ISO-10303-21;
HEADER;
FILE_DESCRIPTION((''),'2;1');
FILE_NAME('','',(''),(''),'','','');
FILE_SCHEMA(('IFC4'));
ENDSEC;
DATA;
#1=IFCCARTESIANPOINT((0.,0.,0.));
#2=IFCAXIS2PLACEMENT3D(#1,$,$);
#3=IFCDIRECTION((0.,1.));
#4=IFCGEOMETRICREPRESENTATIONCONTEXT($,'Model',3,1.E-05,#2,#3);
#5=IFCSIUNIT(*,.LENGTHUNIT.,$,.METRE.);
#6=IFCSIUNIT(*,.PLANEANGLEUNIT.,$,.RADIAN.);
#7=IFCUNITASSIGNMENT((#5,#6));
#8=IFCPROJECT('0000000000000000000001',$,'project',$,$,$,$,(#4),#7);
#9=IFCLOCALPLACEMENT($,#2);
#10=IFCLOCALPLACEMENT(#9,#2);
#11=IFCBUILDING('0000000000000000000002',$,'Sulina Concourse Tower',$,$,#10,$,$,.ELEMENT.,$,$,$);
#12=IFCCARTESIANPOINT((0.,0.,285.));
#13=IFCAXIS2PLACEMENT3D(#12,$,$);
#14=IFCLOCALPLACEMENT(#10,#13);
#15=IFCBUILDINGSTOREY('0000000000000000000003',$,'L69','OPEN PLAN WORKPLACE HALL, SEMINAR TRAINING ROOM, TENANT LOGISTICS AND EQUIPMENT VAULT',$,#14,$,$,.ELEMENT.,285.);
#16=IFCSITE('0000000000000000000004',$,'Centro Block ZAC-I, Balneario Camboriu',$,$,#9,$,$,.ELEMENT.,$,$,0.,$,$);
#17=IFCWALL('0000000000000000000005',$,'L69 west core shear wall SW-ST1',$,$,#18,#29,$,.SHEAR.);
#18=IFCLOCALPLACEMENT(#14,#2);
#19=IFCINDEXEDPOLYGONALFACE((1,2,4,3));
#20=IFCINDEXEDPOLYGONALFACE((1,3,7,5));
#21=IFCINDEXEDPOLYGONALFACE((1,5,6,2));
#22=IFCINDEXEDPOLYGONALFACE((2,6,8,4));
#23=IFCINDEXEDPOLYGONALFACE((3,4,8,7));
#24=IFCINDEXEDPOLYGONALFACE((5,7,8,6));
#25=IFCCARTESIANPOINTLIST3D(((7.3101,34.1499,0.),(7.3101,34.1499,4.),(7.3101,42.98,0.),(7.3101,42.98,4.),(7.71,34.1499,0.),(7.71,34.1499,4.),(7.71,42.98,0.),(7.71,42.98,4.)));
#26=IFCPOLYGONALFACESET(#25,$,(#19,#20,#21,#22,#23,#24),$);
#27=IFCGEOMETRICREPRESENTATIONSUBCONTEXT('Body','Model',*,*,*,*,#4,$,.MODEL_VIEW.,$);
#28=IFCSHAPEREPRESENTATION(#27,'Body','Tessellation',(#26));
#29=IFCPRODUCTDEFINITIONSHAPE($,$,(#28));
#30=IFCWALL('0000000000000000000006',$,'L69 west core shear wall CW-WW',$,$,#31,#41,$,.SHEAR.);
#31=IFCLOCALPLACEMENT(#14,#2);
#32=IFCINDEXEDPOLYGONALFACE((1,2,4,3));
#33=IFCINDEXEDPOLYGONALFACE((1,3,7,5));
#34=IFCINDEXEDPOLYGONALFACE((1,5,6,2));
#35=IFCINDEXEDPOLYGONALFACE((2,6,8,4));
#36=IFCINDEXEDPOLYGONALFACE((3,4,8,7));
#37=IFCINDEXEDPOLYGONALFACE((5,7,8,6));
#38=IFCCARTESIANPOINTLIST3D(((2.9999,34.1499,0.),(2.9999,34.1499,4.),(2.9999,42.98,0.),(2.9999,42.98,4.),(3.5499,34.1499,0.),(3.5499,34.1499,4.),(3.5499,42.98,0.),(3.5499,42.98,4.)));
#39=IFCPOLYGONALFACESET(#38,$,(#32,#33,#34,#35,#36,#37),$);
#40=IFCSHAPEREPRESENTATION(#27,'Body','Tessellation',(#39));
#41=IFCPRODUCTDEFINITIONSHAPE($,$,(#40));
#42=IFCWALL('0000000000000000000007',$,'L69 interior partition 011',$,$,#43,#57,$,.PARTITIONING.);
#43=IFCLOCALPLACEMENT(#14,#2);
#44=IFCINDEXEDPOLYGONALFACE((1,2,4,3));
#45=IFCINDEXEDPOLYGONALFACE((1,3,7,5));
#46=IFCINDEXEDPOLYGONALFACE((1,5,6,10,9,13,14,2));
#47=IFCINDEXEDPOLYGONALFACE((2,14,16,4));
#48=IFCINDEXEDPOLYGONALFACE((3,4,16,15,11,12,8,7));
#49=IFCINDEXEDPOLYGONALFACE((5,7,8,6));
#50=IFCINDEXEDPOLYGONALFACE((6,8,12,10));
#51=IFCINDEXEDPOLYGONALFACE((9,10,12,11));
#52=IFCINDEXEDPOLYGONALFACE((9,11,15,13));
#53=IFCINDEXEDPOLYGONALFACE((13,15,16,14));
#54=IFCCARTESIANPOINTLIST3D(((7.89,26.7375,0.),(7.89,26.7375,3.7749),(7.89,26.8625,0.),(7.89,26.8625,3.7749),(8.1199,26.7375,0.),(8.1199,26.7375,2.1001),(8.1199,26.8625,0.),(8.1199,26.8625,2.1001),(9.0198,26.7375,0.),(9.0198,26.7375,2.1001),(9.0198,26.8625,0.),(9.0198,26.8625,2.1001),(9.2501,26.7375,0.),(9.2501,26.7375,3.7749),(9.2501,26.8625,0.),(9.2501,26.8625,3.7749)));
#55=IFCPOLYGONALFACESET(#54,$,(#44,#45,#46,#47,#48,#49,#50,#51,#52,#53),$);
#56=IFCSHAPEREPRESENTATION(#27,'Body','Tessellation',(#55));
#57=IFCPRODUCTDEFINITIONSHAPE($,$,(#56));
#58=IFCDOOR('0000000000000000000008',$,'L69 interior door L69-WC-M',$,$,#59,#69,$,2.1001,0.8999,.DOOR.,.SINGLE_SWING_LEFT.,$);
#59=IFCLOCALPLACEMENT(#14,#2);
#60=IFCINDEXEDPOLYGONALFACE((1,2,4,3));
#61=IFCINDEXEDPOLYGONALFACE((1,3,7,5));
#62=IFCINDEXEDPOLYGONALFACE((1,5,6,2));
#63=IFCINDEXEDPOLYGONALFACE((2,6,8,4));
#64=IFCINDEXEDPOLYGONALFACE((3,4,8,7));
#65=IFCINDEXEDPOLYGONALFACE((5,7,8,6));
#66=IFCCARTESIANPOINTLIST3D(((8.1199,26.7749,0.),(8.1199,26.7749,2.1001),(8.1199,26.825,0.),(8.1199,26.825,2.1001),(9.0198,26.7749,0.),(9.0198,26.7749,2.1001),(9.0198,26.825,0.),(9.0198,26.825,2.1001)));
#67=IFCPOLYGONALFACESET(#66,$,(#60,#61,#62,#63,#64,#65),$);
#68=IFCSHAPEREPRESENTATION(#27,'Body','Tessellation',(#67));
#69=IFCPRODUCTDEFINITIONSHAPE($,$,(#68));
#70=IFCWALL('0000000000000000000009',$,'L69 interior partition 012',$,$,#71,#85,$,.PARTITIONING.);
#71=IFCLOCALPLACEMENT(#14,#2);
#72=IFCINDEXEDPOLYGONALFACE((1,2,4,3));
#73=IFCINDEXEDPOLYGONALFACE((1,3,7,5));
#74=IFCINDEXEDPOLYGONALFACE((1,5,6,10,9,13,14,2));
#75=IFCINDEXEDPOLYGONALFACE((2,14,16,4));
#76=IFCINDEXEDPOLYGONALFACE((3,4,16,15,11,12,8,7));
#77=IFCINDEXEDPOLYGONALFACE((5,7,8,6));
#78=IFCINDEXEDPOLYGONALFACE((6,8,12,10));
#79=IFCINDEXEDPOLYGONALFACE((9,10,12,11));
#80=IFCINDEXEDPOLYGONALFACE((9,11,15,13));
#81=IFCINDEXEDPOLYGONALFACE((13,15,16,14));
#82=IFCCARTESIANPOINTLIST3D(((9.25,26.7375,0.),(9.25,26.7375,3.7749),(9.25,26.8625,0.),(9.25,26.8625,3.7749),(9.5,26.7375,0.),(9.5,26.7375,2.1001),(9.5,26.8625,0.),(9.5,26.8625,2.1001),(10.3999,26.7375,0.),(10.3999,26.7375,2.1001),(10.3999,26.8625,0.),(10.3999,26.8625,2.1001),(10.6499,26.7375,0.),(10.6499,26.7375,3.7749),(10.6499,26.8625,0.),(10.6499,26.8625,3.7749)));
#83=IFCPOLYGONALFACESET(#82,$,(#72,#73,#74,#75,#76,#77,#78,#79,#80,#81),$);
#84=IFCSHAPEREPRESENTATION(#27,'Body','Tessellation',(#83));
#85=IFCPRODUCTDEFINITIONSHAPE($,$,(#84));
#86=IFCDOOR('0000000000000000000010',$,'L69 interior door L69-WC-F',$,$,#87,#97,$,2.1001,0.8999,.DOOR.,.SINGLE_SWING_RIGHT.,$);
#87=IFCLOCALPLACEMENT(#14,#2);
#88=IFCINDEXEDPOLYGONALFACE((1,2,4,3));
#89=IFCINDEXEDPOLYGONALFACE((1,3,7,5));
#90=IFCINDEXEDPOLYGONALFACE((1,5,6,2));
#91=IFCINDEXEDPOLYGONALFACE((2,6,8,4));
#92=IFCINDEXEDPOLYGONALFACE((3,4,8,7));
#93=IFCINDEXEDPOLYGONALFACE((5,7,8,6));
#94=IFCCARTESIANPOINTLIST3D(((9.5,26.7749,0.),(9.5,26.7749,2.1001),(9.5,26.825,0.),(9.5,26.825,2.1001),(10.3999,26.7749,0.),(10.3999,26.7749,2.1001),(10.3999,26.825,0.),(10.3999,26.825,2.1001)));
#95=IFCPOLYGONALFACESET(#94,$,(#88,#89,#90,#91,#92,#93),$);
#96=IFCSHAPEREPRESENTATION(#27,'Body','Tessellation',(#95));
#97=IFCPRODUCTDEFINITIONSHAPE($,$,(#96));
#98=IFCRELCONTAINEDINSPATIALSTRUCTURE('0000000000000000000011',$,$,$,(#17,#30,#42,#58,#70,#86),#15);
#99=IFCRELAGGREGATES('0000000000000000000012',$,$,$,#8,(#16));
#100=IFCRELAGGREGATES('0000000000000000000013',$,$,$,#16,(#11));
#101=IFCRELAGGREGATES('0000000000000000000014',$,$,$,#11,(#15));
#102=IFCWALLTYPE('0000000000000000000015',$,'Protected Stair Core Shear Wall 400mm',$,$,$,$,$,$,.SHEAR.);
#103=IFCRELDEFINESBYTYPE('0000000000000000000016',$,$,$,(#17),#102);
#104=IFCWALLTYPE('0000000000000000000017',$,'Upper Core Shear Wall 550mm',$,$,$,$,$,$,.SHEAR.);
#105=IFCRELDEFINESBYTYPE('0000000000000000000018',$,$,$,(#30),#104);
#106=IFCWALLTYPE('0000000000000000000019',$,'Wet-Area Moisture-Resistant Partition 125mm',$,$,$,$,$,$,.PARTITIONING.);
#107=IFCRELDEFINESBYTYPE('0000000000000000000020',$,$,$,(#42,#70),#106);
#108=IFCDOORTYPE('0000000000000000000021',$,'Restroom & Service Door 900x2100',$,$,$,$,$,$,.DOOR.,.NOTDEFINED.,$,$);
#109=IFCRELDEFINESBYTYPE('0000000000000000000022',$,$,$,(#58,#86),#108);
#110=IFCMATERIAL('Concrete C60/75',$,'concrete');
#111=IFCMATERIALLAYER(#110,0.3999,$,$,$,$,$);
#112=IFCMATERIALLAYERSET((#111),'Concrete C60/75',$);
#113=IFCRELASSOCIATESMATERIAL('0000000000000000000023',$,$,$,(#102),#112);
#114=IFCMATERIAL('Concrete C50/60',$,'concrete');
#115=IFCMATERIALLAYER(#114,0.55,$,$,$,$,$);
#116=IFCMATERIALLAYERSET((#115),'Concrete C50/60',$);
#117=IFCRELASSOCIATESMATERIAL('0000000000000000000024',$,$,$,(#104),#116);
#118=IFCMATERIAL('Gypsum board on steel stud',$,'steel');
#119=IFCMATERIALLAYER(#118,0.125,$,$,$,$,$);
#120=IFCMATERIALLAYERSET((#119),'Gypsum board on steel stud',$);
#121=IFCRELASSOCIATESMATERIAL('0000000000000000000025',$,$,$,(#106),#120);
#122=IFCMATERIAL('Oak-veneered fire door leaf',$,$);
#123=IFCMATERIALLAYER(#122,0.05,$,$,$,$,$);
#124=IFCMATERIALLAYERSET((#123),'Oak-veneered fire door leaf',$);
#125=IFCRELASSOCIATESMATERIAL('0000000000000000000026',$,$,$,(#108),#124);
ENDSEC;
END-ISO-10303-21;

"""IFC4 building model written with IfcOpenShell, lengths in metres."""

from ifc_helpers import new_model, si_unit, direction, frame, frame_2d, origin, place, context, subcontext, project, spatial, rectangle, extrude, material, layer, layer_set, type_object, element, fill, save


model = new_model("IFC4")

# Units and contexts
model_context = context("Model", 3, precision=1e-05, world=origin(), true_north=direction((0.0, 1.0)))
body_context = subcontext(model_context, "Body", "Model", "MODEL_VIEW")
ifc_project = project(units=[si_unit("LENGTHUNIT", "METRE"), si_unit("PLANEANGLEUNIT", "RADIAN")], contexts=[model_context])

# Site, building, storey
site_placement = place(None, origin())
site = spatial("IfcSite", under=ifc_project, at=site_placement, Name="Centro Block ZAC-I, Balneario Camboriu", CompositionType="ELEMENT", RefElevation=0.0)
building_placement = place(site_placement, origin())
building = spatial("IfcBuilding", under=site, at=building_placement, Name="Sulina Concourse Tower", CompositionType="ELEMENT")
storey_placement = place(building_placement, frame((0.0, 0.0, 285.0)))
storey = spatial("IfcBuildingStorey", under=building, at=storey_placement, Name="L69", Description="OPEN PLAN WORKPLACE HALL, SEMINAR TRAINING ROOM, TENANT LOGISTICS AND EQUIPMENT VAULT", CompositionType="ELEMENT", Elevation=285.0)

# Shared definitions
ifc_material_1 = material(Name="Concrete C60/75", Category="concrete")
ifc_layer_1 = layer(ifc_material_1, 0.3999)
ifc_layer_set_1 = layer_set([ifc_layer_1], Name="Concrete C60/75")
wall_type_1 = type_object("IfcWallType", Name="Protected Stair Core Shear Wall 400mm", PredefinedType="SHEAR", material=ifc_layer_set_1)

# Walls
wall_1_placement = place(storey_placement, frame((7.51, 34.1499, 0.0), z_axis=(0.0, 0.0, 1.0), x_axis=(0.0, 1.0, 0.0)))
element("IfcWall", 1, at=wall_1_placement, inside=storey, type_object=wall_type_1, Name="L69 west core shear wall SW-ST1", PredefinedType="SHEAR", context=body_context, shape_type="SweptSolid", body=[
    extrude(rectangle(XDim=8.8301, YDim=0.3999, at=frame_2d((4.415, 0.0))), origin(), (0.0, 0.0, 1.0), 4.0),
])
ifc_material_2 = material(Name="Concrete C50/60", Category="concrete")
ifc_layer_2 = layer(ifc_material_2, 0.55)
ifc_layer_set_2 = layer_set([ifc_layer_2], Name="Concrete C50/60")
wall_type_2 = type_object("IfcWallType", Name="Upper Core Shear Wall 550mm", PredefinedType="SHEAR", material=ifc_layer_set_2)
wall_2_placement = place(storey_placement, frame((3.2749, 34.1499, 0.0), z_axis=(0.0, 0.0, 1.0), x_axis=(0.0, 1.0, 0.0)))
element("IfcWall", 2, at=wall_2_placement, inside=storey, type_object=wall_type_2, Name="L69 west core shear wall CW-WW", PredefinedType="SHEAR", context=body_context, shape_type="SweptSolid", body=[
    extrude(rectangle(XDim=8.8301, YDim=0.55, at=frame_2d((4.415, 0.0))), origin(), (0.0, 0.0, 1.0), 4.0),
])

# Walls, openings, doors
ifc_material_3 = material(Name="Gypsum board on steel stud", Category="steel")
ifc_layer_3 = layer(ifc_material_3, 0.125)
ifc_layer_set_3 = layer_set([ifc_layer_3], Name="Gypsum board on steel stud")
wall_type_3 = type_object("IfcWallType", Name="Wet-Area Moisture-Resistant Partition 125mm", PredefinedType="PARTITIONING", material=ifc_layer_set_3)
wall_3_placement = place(storey_placement, frame((7.8899, 26.8, 0.0), z_axis=(0.0, 0.0, 1.0), x_axis=(1.0, 0.0, 0.0)))
wall_3 = element("IfcWall", 3, at=wall_3_placement, inside=storey, type_object=wall_type_3, Name="L69 interior partition 011", PredefinedType="PARTITIONING", context=body_context, shape_type="SweptSolid", body=[
    extrude(rectangle(XDim=1.3601, YDim=0.125, at=frame_2d((0.6802, 0.0))), origin(), (0.0, 0.0, 1.0), 3.7749),
])
opening_1_placement = place(wall_3_placement, frame((0.23, 0.0, 0.0)))
opening_1 = element("IfcOpeningElement", 4, at=opening_1_placement, cuts=wall_3, PredefinedType="OPENING", context=body_context, shape_type="SweptSolid", body=[
    extrude(rectangle(XDim=0.8999, YDim=2.1001, at=frame_2d((0.45, 1.05))), frame((0.0, 0.0725, 0.0), z_axis=(0.0, -1.0, 0.0), x_axis=(1.0, 0.0, 0.0)), (0.0, 0.0, 1.0), 0.145),
])
ifc_material_4 = material(Name="Oak-veneered fire door leaf")
ifc_layer_4 = layer(ifc_material_4, 0.05)
ifc_layer_set_4 = layer_set([ifc_layer_4], Name="Oak-veneered fire door leaf")
door_type_1 = type_object("IfcDoorType", Name="Restroom & Service Door 900x2100", OperationType="NOTDEFINED", PredefinedType="DOOR", material=ifc_layer_set_4)
door_1_placement = place(opening_1_placement, origin())
door_1 = element("IfcDoor", 5, at=door_1_placement, inside=storey, type_object=door_type_1, Name="L69 interior door L69-WC-M", OperationType="SINGLE_SWING_LEFT", OverallHeight=2.1001, OverallWidth=0.8999, PredefinedType="DOOR", context=body_context, shape_type="SweptSolid", body=[
    extrude(rectangle(XDim=0.8999, YDim=2.1001, at=frame_2d((0.45, 1.05))), frame((0.0, 0.0249, 0.0), z_axis=(0.0, -1.0, 0.0), x_axis=(1.0, 0.0, 0.0)), (0.0, 0.0, 1.0), 0.05),
])
fill(opening_1, door_1)
wall_4_placement = place(storey_placement, frame((9.25, 26.8, 0.0), z_axis=(0.0, 0.0, 1.0), x_axis=(1.0, 0.0, 0.0)))
wall_4 = element("IfcWall", 6, at=wall_4_placement, inside=storey, type_object=wall_type_3, Name="L69 interior partition 012", PredefinedType="PARTITIONING", context=body_context, shape_type="SweptSolid", body=[
    extrude(rectangle(XDim=1.3999, YDim=0.125, at=frame_2d((0.7, 0.0))), origin(), (0.0, 0.0, 1.0), 3.7749),
])
opening_2_placement = place(wall_4_placement, frame((0.25, 0.0, 0.0)))
opening_2 = element("IfcOpeningElement", 7, at=opening_2_placement, cuts=wall_4, PredefinedType="OPENING", context=body_context, shape_type="SweptSolid", body=[
    extrude(rectangle(XDim=0.8999, YDim=2.1001, at=frame_2d((0.45, 1.05))), frame((0.0, 0.0725, 0.0), z_axis=(0.0, -1.0, 0.0), x_axis=(1.0, 0.0, 0.0)), (0.0, 0.0, 1.0), 0.145),
])
door_2_placement = place(opening_2_placement, origin())
door_2 = element("IfcDoor", 8, at=door_2_placement, inside=storey, type_object=door_type_1, Name="L69 interior door L69-WC-F", OperationType="SINGLE_SWING_RIGHT", OverallHeight=2.1001, OverallWidth=0.8999, PredefinedType="DOOR", context=body_context, shape_type="SweptSolid", body=[
    extrude(rectangle(XDim=0.8999, YDim=2.1001, at=frame_2d((0.45, 1.05))), frame((0.0, 0.0249, 0.0), z_axis=(0.0, -1.0, 0.0), x_axis=(1.0, 0.0, 0.0)), (0.0, 0.0, 1.0), 0.05),
])
fill(opening_2, door_2)

save(model, "model.ifc")
